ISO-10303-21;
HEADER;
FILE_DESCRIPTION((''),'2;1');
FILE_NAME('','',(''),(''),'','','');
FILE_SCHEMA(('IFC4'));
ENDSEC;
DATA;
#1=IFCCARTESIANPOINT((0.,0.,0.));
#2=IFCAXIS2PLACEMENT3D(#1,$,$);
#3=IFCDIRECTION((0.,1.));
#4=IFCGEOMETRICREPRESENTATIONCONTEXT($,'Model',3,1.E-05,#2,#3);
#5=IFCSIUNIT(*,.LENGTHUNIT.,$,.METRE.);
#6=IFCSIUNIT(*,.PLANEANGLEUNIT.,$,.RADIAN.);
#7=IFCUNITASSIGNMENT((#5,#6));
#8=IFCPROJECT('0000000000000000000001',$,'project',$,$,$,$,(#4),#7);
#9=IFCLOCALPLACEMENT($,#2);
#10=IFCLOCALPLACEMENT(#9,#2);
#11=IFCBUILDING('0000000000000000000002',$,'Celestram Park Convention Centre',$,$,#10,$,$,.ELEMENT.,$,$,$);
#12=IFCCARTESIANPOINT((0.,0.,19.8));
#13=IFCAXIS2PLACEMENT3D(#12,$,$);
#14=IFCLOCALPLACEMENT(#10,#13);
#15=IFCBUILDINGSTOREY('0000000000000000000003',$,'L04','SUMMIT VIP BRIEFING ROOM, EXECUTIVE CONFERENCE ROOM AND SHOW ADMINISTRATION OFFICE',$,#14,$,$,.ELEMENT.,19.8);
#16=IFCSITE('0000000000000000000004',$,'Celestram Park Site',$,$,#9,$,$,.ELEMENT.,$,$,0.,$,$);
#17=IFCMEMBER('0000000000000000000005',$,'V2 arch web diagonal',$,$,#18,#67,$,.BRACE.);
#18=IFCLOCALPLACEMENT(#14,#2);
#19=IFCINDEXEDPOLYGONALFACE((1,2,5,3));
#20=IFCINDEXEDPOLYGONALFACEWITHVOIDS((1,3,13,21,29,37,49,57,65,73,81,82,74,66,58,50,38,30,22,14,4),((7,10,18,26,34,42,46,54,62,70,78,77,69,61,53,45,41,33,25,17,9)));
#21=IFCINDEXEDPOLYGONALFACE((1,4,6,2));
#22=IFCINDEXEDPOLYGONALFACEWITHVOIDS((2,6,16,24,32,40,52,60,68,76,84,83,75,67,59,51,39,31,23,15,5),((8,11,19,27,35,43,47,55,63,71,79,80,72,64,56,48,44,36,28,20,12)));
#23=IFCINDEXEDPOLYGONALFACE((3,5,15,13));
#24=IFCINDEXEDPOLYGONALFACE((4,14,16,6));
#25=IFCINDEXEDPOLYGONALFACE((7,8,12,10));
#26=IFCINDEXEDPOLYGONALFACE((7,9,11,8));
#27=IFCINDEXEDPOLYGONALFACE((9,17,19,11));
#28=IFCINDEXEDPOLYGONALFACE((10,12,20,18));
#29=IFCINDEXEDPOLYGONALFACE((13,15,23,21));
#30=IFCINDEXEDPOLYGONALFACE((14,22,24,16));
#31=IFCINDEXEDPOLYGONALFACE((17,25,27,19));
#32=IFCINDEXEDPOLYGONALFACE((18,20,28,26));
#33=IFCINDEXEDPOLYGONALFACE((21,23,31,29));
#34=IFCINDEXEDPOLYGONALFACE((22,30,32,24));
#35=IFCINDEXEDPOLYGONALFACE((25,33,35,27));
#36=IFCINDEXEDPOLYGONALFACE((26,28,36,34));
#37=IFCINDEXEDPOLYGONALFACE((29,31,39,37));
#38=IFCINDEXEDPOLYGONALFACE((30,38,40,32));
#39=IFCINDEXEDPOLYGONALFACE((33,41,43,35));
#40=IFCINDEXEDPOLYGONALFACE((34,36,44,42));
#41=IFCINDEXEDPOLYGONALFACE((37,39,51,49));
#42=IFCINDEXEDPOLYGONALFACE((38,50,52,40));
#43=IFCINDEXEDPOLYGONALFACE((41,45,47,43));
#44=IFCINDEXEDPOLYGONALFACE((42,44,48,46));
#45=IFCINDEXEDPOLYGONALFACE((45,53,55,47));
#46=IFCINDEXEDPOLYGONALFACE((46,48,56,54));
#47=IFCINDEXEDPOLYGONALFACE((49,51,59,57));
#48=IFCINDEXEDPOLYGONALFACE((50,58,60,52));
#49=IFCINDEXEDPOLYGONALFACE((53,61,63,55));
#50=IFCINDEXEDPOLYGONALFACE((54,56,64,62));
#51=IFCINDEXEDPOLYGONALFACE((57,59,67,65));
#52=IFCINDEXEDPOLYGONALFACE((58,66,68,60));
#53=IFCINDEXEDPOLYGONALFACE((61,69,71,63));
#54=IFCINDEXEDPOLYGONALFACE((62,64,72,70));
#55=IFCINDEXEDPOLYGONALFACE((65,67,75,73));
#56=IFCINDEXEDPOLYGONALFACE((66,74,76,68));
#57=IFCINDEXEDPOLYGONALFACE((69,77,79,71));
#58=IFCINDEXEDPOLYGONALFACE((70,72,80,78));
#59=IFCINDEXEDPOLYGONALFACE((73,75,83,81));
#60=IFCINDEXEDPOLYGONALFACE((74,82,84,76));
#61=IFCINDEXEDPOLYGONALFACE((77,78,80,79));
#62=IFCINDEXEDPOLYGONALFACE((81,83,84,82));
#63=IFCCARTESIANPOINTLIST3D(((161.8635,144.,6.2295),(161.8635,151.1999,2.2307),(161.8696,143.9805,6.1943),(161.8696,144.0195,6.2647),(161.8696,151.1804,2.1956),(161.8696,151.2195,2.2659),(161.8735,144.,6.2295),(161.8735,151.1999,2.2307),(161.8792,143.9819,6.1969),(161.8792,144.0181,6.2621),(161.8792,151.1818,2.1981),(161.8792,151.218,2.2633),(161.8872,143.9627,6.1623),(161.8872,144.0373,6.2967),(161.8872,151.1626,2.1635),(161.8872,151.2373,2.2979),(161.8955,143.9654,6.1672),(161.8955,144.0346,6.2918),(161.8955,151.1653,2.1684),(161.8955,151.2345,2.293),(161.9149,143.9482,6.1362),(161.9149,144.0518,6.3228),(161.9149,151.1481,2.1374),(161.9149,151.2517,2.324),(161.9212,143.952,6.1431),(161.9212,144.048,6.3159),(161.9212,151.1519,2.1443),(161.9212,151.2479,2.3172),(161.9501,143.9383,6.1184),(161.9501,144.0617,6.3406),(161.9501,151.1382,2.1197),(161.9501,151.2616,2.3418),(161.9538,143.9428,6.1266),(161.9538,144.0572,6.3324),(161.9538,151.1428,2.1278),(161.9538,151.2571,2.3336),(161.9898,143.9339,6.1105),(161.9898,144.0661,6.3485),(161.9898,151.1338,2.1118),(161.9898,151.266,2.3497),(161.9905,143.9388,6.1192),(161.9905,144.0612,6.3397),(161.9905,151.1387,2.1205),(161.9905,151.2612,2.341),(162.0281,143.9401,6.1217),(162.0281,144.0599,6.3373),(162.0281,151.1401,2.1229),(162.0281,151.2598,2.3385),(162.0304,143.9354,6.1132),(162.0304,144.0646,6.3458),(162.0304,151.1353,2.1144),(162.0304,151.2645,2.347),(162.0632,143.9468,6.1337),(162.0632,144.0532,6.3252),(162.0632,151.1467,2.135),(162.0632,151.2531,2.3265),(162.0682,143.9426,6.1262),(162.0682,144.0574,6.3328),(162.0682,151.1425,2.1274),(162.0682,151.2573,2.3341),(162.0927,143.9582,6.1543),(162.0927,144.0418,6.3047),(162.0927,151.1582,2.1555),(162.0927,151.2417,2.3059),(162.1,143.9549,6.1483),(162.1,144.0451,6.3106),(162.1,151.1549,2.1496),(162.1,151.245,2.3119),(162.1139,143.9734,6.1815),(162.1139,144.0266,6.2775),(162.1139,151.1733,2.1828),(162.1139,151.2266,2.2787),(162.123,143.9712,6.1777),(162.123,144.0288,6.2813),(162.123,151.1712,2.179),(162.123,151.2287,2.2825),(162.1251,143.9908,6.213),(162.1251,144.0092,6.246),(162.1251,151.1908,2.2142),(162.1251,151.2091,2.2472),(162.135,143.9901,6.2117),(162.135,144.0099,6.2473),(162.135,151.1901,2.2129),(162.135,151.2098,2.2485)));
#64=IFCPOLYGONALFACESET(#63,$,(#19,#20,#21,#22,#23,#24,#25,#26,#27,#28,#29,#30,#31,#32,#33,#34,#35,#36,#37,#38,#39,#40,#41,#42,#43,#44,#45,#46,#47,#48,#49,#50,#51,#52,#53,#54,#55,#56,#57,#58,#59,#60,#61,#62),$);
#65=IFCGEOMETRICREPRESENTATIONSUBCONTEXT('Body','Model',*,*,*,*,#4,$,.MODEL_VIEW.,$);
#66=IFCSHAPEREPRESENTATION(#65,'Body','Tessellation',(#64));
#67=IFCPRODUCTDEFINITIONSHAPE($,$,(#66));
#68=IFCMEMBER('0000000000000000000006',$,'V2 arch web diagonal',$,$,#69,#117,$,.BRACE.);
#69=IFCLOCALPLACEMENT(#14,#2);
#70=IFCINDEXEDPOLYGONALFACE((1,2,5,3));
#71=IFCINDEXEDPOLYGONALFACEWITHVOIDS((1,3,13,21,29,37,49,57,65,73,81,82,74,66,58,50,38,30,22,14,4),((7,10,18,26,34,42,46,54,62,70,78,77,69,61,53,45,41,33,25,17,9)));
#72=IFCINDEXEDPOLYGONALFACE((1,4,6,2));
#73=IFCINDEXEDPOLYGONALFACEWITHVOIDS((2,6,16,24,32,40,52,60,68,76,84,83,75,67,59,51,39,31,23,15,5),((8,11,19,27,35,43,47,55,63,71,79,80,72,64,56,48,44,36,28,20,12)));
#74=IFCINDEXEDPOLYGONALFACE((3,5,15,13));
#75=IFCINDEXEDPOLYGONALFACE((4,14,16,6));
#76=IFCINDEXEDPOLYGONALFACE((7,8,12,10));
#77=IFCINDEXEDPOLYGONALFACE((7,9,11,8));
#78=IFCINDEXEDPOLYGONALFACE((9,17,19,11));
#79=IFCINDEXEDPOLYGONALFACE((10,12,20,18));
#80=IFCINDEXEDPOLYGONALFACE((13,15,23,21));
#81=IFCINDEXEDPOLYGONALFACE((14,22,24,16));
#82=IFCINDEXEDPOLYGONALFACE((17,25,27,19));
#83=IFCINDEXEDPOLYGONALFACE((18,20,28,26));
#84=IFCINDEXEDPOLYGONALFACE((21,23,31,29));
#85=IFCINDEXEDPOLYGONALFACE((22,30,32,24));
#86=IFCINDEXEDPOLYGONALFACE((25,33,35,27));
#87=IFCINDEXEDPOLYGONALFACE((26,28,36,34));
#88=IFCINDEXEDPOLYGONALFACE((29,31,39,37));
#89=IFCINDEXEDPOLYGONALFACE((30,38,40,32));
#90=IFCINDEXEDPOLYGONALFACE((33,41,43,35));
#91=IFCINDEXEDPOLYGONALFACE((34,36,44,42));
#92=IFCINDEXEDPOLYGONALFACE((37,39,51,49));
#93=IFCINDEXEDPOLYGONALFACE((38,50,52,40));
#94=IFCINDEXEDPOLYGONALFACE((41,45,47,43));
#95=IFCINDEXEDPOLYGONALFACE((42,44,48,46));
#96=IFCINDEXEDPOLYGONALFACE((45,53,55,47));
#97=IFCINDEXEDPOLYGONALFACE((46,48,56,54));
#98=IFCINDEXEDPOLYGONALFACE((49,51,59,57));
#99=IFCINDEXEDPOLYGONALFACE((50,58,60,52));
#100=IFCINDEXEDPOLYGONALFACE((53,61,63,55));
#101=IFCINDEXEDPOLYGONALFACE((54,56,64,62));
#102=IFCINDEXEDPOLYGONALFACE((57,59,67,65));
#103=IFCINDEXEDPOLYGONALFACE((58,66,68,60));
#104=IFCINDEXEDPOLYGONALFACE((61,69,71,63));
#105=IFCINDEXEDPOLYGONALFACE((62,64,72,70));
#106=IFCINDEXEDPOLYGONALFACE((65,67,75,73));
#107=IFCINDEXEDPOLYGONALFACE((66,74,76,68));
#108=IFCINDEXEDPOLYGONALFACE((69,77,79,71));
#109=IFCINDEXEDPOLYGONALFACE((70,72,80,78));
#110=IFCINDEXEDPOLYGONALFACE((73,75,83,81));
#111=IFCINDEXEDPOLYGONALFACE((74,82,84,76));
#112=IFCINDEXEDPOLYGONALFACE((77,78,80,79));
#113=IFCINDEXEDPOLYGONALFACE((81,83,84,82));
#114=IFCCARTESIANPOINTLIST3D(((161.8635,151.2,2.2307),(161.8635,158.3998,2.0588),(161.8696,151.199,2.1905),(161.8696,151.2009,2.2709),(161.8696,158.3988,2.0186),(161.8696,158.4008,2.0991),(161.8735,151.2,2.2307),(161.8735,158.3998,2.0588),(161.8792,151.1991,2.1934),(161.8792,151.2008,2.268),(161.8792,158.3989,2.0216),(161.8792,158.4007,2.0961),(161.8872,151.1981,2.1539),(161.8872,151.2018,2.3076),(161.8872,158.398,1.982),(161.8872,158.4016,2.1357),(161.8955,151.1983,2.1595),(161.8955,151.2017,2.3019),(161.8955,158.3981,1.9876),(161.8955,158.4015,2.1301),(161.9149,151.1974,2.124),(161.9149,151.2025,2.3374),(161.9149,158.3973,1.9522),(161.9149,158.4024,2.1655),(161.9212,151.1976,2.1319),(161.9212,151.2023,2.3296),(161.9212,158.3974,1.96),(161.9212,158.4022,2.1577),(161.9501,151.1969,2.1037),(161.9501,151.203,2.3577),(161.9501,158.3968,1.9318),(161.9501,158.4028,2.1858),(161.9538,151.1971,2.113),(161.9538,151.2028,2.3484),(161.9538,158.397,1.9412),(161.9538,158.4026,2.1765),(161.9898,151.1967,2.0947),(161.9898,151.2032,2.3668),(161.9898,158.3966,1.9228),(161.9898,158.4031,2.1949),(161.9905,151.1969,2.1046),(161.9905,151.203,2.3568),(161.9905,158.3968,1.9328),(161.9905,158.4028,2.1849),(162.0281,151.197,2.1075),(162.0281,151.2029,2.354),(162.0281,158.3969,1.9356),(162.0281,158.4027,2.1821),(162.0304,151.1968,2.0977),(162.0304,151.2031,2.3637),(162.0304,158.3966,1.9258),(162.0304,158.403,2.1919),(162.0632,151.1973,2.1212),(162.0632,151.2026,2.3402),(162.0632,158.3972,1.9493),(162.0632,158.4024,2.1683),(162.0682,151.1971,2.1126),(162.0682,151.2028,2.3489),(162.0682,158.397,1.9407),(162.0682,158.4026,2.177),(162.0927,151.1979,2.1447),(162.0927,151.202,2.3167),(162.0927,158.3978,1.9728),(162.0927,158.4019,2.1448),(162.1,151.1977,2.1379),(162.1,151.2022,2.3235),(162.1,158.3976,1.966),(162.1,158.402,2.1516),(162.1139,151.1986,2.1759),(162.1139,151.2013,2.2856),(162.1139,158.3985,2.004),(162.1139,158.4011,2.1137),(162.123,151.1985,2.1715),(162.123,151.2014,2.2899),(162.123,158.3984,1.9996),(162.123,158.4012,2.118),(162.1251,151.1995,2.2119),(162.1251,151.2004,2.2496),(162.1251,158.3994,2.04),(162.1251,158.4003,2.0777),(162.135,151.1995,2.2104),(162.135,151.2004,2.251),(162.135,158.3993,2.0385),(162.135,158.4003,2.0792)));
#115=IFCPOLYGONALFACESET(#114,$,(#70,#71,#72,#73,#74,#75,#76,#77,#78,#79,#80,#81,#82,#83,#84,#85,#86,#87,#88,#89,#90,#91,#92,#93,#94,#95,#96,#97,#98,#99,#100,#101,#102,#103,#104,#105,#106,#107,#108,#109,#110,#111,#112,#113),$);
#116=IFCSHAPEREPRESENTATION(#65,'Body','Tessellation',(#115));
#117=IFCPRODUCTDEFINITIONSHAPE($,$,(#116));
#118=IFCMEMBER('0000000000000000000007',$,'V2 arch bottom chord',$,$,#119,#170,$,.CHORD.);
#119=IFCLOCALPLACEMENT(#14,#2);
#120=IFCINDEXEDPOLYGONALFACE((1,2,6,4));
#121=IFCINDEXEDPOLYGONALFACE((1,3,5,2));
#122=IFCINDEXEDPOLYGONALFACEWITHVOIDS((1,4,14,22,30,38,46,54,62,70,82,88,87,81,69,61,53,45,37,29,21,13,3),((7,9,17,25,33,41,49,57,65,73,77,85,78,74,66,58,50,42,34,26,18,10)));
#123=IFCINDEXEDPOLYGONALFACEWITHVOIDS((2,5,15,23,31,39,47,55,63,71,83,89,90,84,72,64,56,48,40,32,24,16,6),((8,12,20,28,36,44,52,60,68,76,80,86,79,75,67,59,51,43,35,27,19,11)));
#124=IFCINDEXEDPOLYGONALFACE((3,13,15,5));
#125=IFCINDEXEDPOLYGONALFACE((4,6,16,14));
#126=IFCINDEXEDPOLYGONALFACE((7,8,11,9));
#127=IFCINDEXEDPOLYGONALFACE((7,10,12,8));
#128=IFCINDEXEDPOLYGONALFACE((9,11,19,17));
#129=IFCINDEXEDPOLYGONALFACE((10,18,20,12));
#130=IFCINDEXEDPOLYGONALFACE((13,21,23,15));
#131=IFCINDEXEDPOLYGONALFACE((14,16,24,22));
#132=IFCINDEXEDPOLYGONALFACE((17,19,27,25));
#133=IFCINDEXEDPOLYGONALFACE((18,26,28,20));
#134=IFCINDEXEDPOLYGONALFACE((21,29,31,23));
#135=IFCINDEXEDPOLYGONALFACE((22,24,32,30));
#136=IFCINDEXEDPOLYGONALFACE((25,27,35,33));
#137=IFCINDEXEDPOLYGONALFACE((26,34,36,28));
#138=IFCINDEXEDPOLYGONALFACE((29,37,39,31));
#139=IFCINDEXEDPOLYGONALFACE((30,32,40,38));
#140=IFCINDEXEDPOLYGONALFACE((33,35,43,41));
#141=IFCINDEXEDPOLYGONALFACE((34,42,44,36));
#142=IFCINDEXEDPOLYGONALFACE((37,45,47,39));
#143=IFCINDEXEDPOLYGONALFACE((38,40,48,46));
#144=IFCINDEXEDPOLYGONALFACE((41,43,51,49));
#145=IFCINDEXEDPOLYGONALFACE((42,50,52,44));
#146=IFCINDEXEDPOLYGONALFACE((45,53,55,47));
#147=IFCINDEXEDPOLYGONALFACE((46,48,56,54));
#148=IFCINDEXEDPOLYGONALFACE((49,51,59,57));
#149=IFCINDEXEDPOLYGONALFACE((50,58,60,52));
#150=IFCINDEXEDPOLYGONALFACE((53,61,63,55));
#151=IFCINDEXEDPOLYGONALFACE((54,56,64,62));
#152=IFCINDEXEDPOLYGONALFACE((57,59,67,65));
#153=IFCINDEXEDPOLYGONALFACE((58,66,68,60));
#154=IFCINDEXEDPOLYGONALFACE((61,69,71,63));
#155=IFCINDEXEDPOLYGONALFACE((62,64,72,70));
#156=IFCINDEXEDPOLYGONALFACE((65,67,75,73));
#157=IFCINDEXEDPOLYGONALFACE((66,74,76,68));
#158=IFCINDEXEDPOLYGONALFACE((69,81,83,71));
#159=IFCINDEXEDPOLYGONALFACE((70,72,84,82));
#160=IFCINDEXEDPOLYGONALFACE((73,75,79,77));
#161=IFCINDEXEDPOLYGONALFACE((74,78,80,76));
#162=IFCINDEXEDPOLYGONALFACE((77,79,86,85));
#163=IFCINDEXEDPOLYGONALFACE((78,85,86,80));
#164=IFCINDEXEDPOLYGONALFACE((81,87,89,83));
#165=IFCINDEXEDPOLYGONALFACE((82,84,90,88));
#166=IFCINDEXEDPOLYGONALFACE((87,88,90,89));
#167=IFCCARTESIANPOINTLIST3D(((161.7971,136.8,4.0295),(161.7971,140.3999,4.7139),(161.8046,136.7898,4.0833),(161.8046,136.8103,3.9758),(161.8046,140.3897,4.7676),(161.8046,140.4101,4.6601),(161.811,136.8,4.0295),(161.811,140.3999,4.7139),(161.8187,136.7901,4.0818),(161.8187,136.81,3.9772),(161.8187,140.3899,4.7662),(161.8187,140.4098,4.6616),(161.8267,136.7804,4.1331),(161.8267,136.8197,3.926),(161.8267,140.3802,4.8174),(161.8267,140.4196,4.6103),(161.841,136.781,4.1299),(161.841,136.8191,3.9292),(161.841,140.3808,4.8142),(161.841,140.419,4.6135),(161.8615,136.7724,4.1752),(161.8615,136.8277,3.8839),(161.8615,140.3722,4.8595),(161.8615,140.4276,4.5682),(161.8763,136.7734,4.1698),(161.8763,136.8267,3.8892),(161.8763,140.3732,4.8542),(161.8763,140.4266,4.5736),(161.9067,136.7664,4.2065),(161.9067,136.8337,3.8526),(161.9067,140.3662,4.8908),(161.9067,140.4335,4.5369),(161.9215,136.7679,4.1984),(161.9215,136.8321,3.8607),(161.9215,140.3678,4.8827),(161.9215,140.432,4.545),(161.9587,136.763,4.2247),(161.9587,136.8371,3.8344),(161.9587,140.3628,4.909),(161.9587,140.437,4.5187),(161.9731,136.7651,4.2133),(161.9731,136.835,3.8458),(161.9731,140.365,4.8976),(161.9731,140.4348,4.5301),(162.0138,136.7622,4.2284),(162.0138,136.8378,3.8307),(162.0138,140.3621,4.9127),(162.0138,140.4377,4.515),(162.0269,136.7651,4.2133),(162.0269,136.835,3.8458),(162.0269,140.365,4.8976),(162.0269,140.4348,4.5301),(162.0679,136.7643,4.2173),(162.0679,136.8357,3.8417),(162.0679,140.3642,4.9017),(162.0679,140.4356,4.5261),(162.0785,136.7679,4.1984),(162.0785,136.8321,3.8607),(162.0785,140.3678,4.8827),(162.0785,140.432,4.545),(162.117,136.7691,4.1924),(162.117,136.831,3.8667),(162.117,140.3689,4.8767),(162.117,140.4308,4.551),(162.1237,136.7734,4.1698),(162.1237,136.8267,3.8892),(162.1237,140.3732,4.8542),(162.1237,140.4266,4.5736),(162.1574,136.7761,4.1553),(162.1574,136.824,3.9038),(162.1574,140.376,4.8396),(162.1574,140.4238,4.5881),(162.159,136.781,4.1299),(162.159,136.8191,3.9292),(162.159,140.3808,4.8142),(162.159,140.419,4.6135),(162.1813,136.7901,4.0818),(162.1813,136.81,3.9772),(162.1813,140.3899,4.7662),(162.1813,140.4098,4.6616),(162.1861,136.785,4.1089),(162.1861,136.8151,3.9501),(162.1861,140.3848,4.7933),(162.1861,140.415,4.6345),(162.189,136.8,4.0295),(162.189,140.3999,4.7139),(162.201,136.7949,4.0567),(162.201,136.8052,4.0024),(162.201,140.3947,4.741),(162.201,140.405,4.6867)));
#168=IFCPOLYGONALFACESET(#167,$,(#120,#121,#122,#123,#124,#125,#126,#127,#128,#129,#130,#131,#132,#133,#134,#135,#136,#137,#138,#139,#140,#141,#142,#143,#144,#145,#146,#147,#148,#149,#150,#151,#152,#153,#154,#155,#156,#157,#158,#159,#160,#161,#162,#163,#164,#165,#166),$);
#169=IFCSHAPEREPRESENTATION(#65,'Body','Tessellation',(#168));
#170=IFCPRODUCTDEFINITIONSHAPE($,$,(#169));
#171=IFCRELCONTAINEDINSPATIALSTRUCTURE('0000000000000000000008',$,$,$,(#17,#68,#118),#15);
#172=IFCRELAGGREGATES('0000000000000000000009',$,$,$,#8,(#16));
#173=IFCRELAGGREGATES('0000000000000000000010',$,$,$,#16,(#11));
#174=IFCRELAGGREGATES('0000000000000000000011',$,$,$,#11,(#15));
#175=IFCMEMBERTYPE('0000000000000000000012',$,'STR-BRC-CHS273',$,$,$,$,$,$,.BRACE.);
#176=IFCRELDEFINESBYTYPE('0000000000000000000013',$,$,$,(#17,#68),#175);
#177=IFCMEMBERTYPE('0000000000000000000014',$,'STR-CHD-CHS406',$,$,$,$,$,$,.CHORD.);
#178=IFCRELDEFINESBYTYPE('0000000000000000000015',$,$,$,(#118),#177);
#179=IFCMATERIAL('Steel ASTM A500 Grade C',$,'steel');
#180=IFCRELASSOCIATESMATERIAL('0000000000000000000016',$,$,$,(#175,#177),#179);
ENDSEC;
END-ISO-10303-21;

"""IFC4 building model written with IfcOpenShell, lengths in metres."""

from ifc_helpers import new_model, si_unit, direction, frame, origin, origin_2d, place, context, subcontext, project, spatial, hollow_circle, extrude, material, material_profile, profile_set, type_object, element, save


model = new_model("IFC4")

# Units and contexts
model_context = context("Model", 3, precision=1e-05, world=origin(), true_north=direction((0.0, 1.0)))
body_context = subcontext(model_context, "Body", "Model", "MODEL_VIEW")
ifc_project = project(units=[si_unit("LENGTHUNIT", "METRE"), si_unit("PLANEANGLEUNIT", "RADIAN")], contexts=[model_context])

# Site, building, storey
site_placement = place(None, origin())
site = spatial("IfcSite", under=ifc_project, at=site_placement, Name="Celestram Park Site", CompositionType="ELEMENT", RefElevation=0.0)
building_placement = place(site_placement, origin())
building = spatial("IfcBuilding", under=site, at=building_placement, Name="Celestram Park Convention Centre", CompositionType="ELEMENT")
storey_placement = place(building_placement, frame((0.0, 0.0, 19.8)))
storey = spatial("IfcBuildingStorey", under=building, at=storey_placement, Name="L04", Description="SUMMIT VIP BRIEFING ROOM, EXECUTIVE CONFERENCE ROOM AND SHOW ADMINISTRATION OFFICE", CompositionType="ELEMENT", Elevation=19.8)

# Members
ifc_material_1 = material(Name="Steel ASTM A500 Grade C", Category="steel")
ifc_material_profile_1 = material_profile(ifc_material_1, hollow_circle(Radius=0.1365, WallThickness=0.01, at=origin_2d()), Name="CHS273X10")
ifc_profile_set_1 = profile_set([ifc_material_profile_1], Name="Steel ASTM A500 Grade C")
member_type_1 = type_object("IfcMemberType", Name="STR-BRC-CHS273", PredefinedType="BRACE", material=ifc_profile_set_1)
member_1_placement = place(storey_placement, frame((162.0, 144.0, 6.2295), z_axis=(0.0, 0.874219, -0.485532), x_axis=(-1.0, 0.0, 0.0)))
element("IfcMember", 1, at=member_1_placement, inside=storey, type_object=member_type_1, Name="V2 arch web diagonal", PredefinedType="BRACE", context=body_context, shape_type="SweptSolid", body=[
    extrude(hollow_circle(Radius=0.1365, WallThickness=0.01, at=origin_2d()), origin(), (0.0, 0.0, 1.0), 8.2358),
])
member_2_placement = place(storey_placement, frame((162.0, 151.2, 2.2307), z_axis=(0.0, 0.999715, -0.023865), x_axis=(-1.0, 0.0, 0.0)))
element("IfcMember", 2, at=member_2_placement, inside=storey, type_object=member_type_1, Name="V2 arch web diagonal", PredefinedType="BRACE", context=body_context, shape_type="SweptSolid", body=[
    extrude(hollow_circle(Radius=0.1365, WallThickness=0.01, at=origin_2d()), origin(), (0.0, 0.0, 1.0), 7.2019),
])
ifc_material_profile_2 = material_profile(ifc_material_1, hollow_circle(Radius=0.2029, WallThickness=0.0139, at=origin_2d()), Name="CHS406X14")
ifc_profile_set_2 = profile_set([ifc_material_profile_2], Name="Steel ASTM A500 Grade C")
member_type_2 = type_object("IfcMemberType", Name="STR-CHD-CHS406", PredefinedType="CHORD", material=ifc_profile_set_2)
member_3_placement = place(storey_placement, frame((162.0, 136.8, 4.0295), z_axis=(0.0, 0.982407, 0.186754), x_axis=(-1.0, 0.0, 0.0)))
element("IfcMember", 3, at=member_3_placement, inside=storey, type_object=member_type_2, Name="V2 arch bottom chord", PredefinedType="CHORD", context=body_context, shape_type="SweptSolid", body=[
    extrude(hollow_circle(Radius=0.2029, WallThickness=0.0139, at=origin_2d()), origin(), (0.0, 0.0, 1.0), 3.6643),
])

save(model, "model.ifc")
